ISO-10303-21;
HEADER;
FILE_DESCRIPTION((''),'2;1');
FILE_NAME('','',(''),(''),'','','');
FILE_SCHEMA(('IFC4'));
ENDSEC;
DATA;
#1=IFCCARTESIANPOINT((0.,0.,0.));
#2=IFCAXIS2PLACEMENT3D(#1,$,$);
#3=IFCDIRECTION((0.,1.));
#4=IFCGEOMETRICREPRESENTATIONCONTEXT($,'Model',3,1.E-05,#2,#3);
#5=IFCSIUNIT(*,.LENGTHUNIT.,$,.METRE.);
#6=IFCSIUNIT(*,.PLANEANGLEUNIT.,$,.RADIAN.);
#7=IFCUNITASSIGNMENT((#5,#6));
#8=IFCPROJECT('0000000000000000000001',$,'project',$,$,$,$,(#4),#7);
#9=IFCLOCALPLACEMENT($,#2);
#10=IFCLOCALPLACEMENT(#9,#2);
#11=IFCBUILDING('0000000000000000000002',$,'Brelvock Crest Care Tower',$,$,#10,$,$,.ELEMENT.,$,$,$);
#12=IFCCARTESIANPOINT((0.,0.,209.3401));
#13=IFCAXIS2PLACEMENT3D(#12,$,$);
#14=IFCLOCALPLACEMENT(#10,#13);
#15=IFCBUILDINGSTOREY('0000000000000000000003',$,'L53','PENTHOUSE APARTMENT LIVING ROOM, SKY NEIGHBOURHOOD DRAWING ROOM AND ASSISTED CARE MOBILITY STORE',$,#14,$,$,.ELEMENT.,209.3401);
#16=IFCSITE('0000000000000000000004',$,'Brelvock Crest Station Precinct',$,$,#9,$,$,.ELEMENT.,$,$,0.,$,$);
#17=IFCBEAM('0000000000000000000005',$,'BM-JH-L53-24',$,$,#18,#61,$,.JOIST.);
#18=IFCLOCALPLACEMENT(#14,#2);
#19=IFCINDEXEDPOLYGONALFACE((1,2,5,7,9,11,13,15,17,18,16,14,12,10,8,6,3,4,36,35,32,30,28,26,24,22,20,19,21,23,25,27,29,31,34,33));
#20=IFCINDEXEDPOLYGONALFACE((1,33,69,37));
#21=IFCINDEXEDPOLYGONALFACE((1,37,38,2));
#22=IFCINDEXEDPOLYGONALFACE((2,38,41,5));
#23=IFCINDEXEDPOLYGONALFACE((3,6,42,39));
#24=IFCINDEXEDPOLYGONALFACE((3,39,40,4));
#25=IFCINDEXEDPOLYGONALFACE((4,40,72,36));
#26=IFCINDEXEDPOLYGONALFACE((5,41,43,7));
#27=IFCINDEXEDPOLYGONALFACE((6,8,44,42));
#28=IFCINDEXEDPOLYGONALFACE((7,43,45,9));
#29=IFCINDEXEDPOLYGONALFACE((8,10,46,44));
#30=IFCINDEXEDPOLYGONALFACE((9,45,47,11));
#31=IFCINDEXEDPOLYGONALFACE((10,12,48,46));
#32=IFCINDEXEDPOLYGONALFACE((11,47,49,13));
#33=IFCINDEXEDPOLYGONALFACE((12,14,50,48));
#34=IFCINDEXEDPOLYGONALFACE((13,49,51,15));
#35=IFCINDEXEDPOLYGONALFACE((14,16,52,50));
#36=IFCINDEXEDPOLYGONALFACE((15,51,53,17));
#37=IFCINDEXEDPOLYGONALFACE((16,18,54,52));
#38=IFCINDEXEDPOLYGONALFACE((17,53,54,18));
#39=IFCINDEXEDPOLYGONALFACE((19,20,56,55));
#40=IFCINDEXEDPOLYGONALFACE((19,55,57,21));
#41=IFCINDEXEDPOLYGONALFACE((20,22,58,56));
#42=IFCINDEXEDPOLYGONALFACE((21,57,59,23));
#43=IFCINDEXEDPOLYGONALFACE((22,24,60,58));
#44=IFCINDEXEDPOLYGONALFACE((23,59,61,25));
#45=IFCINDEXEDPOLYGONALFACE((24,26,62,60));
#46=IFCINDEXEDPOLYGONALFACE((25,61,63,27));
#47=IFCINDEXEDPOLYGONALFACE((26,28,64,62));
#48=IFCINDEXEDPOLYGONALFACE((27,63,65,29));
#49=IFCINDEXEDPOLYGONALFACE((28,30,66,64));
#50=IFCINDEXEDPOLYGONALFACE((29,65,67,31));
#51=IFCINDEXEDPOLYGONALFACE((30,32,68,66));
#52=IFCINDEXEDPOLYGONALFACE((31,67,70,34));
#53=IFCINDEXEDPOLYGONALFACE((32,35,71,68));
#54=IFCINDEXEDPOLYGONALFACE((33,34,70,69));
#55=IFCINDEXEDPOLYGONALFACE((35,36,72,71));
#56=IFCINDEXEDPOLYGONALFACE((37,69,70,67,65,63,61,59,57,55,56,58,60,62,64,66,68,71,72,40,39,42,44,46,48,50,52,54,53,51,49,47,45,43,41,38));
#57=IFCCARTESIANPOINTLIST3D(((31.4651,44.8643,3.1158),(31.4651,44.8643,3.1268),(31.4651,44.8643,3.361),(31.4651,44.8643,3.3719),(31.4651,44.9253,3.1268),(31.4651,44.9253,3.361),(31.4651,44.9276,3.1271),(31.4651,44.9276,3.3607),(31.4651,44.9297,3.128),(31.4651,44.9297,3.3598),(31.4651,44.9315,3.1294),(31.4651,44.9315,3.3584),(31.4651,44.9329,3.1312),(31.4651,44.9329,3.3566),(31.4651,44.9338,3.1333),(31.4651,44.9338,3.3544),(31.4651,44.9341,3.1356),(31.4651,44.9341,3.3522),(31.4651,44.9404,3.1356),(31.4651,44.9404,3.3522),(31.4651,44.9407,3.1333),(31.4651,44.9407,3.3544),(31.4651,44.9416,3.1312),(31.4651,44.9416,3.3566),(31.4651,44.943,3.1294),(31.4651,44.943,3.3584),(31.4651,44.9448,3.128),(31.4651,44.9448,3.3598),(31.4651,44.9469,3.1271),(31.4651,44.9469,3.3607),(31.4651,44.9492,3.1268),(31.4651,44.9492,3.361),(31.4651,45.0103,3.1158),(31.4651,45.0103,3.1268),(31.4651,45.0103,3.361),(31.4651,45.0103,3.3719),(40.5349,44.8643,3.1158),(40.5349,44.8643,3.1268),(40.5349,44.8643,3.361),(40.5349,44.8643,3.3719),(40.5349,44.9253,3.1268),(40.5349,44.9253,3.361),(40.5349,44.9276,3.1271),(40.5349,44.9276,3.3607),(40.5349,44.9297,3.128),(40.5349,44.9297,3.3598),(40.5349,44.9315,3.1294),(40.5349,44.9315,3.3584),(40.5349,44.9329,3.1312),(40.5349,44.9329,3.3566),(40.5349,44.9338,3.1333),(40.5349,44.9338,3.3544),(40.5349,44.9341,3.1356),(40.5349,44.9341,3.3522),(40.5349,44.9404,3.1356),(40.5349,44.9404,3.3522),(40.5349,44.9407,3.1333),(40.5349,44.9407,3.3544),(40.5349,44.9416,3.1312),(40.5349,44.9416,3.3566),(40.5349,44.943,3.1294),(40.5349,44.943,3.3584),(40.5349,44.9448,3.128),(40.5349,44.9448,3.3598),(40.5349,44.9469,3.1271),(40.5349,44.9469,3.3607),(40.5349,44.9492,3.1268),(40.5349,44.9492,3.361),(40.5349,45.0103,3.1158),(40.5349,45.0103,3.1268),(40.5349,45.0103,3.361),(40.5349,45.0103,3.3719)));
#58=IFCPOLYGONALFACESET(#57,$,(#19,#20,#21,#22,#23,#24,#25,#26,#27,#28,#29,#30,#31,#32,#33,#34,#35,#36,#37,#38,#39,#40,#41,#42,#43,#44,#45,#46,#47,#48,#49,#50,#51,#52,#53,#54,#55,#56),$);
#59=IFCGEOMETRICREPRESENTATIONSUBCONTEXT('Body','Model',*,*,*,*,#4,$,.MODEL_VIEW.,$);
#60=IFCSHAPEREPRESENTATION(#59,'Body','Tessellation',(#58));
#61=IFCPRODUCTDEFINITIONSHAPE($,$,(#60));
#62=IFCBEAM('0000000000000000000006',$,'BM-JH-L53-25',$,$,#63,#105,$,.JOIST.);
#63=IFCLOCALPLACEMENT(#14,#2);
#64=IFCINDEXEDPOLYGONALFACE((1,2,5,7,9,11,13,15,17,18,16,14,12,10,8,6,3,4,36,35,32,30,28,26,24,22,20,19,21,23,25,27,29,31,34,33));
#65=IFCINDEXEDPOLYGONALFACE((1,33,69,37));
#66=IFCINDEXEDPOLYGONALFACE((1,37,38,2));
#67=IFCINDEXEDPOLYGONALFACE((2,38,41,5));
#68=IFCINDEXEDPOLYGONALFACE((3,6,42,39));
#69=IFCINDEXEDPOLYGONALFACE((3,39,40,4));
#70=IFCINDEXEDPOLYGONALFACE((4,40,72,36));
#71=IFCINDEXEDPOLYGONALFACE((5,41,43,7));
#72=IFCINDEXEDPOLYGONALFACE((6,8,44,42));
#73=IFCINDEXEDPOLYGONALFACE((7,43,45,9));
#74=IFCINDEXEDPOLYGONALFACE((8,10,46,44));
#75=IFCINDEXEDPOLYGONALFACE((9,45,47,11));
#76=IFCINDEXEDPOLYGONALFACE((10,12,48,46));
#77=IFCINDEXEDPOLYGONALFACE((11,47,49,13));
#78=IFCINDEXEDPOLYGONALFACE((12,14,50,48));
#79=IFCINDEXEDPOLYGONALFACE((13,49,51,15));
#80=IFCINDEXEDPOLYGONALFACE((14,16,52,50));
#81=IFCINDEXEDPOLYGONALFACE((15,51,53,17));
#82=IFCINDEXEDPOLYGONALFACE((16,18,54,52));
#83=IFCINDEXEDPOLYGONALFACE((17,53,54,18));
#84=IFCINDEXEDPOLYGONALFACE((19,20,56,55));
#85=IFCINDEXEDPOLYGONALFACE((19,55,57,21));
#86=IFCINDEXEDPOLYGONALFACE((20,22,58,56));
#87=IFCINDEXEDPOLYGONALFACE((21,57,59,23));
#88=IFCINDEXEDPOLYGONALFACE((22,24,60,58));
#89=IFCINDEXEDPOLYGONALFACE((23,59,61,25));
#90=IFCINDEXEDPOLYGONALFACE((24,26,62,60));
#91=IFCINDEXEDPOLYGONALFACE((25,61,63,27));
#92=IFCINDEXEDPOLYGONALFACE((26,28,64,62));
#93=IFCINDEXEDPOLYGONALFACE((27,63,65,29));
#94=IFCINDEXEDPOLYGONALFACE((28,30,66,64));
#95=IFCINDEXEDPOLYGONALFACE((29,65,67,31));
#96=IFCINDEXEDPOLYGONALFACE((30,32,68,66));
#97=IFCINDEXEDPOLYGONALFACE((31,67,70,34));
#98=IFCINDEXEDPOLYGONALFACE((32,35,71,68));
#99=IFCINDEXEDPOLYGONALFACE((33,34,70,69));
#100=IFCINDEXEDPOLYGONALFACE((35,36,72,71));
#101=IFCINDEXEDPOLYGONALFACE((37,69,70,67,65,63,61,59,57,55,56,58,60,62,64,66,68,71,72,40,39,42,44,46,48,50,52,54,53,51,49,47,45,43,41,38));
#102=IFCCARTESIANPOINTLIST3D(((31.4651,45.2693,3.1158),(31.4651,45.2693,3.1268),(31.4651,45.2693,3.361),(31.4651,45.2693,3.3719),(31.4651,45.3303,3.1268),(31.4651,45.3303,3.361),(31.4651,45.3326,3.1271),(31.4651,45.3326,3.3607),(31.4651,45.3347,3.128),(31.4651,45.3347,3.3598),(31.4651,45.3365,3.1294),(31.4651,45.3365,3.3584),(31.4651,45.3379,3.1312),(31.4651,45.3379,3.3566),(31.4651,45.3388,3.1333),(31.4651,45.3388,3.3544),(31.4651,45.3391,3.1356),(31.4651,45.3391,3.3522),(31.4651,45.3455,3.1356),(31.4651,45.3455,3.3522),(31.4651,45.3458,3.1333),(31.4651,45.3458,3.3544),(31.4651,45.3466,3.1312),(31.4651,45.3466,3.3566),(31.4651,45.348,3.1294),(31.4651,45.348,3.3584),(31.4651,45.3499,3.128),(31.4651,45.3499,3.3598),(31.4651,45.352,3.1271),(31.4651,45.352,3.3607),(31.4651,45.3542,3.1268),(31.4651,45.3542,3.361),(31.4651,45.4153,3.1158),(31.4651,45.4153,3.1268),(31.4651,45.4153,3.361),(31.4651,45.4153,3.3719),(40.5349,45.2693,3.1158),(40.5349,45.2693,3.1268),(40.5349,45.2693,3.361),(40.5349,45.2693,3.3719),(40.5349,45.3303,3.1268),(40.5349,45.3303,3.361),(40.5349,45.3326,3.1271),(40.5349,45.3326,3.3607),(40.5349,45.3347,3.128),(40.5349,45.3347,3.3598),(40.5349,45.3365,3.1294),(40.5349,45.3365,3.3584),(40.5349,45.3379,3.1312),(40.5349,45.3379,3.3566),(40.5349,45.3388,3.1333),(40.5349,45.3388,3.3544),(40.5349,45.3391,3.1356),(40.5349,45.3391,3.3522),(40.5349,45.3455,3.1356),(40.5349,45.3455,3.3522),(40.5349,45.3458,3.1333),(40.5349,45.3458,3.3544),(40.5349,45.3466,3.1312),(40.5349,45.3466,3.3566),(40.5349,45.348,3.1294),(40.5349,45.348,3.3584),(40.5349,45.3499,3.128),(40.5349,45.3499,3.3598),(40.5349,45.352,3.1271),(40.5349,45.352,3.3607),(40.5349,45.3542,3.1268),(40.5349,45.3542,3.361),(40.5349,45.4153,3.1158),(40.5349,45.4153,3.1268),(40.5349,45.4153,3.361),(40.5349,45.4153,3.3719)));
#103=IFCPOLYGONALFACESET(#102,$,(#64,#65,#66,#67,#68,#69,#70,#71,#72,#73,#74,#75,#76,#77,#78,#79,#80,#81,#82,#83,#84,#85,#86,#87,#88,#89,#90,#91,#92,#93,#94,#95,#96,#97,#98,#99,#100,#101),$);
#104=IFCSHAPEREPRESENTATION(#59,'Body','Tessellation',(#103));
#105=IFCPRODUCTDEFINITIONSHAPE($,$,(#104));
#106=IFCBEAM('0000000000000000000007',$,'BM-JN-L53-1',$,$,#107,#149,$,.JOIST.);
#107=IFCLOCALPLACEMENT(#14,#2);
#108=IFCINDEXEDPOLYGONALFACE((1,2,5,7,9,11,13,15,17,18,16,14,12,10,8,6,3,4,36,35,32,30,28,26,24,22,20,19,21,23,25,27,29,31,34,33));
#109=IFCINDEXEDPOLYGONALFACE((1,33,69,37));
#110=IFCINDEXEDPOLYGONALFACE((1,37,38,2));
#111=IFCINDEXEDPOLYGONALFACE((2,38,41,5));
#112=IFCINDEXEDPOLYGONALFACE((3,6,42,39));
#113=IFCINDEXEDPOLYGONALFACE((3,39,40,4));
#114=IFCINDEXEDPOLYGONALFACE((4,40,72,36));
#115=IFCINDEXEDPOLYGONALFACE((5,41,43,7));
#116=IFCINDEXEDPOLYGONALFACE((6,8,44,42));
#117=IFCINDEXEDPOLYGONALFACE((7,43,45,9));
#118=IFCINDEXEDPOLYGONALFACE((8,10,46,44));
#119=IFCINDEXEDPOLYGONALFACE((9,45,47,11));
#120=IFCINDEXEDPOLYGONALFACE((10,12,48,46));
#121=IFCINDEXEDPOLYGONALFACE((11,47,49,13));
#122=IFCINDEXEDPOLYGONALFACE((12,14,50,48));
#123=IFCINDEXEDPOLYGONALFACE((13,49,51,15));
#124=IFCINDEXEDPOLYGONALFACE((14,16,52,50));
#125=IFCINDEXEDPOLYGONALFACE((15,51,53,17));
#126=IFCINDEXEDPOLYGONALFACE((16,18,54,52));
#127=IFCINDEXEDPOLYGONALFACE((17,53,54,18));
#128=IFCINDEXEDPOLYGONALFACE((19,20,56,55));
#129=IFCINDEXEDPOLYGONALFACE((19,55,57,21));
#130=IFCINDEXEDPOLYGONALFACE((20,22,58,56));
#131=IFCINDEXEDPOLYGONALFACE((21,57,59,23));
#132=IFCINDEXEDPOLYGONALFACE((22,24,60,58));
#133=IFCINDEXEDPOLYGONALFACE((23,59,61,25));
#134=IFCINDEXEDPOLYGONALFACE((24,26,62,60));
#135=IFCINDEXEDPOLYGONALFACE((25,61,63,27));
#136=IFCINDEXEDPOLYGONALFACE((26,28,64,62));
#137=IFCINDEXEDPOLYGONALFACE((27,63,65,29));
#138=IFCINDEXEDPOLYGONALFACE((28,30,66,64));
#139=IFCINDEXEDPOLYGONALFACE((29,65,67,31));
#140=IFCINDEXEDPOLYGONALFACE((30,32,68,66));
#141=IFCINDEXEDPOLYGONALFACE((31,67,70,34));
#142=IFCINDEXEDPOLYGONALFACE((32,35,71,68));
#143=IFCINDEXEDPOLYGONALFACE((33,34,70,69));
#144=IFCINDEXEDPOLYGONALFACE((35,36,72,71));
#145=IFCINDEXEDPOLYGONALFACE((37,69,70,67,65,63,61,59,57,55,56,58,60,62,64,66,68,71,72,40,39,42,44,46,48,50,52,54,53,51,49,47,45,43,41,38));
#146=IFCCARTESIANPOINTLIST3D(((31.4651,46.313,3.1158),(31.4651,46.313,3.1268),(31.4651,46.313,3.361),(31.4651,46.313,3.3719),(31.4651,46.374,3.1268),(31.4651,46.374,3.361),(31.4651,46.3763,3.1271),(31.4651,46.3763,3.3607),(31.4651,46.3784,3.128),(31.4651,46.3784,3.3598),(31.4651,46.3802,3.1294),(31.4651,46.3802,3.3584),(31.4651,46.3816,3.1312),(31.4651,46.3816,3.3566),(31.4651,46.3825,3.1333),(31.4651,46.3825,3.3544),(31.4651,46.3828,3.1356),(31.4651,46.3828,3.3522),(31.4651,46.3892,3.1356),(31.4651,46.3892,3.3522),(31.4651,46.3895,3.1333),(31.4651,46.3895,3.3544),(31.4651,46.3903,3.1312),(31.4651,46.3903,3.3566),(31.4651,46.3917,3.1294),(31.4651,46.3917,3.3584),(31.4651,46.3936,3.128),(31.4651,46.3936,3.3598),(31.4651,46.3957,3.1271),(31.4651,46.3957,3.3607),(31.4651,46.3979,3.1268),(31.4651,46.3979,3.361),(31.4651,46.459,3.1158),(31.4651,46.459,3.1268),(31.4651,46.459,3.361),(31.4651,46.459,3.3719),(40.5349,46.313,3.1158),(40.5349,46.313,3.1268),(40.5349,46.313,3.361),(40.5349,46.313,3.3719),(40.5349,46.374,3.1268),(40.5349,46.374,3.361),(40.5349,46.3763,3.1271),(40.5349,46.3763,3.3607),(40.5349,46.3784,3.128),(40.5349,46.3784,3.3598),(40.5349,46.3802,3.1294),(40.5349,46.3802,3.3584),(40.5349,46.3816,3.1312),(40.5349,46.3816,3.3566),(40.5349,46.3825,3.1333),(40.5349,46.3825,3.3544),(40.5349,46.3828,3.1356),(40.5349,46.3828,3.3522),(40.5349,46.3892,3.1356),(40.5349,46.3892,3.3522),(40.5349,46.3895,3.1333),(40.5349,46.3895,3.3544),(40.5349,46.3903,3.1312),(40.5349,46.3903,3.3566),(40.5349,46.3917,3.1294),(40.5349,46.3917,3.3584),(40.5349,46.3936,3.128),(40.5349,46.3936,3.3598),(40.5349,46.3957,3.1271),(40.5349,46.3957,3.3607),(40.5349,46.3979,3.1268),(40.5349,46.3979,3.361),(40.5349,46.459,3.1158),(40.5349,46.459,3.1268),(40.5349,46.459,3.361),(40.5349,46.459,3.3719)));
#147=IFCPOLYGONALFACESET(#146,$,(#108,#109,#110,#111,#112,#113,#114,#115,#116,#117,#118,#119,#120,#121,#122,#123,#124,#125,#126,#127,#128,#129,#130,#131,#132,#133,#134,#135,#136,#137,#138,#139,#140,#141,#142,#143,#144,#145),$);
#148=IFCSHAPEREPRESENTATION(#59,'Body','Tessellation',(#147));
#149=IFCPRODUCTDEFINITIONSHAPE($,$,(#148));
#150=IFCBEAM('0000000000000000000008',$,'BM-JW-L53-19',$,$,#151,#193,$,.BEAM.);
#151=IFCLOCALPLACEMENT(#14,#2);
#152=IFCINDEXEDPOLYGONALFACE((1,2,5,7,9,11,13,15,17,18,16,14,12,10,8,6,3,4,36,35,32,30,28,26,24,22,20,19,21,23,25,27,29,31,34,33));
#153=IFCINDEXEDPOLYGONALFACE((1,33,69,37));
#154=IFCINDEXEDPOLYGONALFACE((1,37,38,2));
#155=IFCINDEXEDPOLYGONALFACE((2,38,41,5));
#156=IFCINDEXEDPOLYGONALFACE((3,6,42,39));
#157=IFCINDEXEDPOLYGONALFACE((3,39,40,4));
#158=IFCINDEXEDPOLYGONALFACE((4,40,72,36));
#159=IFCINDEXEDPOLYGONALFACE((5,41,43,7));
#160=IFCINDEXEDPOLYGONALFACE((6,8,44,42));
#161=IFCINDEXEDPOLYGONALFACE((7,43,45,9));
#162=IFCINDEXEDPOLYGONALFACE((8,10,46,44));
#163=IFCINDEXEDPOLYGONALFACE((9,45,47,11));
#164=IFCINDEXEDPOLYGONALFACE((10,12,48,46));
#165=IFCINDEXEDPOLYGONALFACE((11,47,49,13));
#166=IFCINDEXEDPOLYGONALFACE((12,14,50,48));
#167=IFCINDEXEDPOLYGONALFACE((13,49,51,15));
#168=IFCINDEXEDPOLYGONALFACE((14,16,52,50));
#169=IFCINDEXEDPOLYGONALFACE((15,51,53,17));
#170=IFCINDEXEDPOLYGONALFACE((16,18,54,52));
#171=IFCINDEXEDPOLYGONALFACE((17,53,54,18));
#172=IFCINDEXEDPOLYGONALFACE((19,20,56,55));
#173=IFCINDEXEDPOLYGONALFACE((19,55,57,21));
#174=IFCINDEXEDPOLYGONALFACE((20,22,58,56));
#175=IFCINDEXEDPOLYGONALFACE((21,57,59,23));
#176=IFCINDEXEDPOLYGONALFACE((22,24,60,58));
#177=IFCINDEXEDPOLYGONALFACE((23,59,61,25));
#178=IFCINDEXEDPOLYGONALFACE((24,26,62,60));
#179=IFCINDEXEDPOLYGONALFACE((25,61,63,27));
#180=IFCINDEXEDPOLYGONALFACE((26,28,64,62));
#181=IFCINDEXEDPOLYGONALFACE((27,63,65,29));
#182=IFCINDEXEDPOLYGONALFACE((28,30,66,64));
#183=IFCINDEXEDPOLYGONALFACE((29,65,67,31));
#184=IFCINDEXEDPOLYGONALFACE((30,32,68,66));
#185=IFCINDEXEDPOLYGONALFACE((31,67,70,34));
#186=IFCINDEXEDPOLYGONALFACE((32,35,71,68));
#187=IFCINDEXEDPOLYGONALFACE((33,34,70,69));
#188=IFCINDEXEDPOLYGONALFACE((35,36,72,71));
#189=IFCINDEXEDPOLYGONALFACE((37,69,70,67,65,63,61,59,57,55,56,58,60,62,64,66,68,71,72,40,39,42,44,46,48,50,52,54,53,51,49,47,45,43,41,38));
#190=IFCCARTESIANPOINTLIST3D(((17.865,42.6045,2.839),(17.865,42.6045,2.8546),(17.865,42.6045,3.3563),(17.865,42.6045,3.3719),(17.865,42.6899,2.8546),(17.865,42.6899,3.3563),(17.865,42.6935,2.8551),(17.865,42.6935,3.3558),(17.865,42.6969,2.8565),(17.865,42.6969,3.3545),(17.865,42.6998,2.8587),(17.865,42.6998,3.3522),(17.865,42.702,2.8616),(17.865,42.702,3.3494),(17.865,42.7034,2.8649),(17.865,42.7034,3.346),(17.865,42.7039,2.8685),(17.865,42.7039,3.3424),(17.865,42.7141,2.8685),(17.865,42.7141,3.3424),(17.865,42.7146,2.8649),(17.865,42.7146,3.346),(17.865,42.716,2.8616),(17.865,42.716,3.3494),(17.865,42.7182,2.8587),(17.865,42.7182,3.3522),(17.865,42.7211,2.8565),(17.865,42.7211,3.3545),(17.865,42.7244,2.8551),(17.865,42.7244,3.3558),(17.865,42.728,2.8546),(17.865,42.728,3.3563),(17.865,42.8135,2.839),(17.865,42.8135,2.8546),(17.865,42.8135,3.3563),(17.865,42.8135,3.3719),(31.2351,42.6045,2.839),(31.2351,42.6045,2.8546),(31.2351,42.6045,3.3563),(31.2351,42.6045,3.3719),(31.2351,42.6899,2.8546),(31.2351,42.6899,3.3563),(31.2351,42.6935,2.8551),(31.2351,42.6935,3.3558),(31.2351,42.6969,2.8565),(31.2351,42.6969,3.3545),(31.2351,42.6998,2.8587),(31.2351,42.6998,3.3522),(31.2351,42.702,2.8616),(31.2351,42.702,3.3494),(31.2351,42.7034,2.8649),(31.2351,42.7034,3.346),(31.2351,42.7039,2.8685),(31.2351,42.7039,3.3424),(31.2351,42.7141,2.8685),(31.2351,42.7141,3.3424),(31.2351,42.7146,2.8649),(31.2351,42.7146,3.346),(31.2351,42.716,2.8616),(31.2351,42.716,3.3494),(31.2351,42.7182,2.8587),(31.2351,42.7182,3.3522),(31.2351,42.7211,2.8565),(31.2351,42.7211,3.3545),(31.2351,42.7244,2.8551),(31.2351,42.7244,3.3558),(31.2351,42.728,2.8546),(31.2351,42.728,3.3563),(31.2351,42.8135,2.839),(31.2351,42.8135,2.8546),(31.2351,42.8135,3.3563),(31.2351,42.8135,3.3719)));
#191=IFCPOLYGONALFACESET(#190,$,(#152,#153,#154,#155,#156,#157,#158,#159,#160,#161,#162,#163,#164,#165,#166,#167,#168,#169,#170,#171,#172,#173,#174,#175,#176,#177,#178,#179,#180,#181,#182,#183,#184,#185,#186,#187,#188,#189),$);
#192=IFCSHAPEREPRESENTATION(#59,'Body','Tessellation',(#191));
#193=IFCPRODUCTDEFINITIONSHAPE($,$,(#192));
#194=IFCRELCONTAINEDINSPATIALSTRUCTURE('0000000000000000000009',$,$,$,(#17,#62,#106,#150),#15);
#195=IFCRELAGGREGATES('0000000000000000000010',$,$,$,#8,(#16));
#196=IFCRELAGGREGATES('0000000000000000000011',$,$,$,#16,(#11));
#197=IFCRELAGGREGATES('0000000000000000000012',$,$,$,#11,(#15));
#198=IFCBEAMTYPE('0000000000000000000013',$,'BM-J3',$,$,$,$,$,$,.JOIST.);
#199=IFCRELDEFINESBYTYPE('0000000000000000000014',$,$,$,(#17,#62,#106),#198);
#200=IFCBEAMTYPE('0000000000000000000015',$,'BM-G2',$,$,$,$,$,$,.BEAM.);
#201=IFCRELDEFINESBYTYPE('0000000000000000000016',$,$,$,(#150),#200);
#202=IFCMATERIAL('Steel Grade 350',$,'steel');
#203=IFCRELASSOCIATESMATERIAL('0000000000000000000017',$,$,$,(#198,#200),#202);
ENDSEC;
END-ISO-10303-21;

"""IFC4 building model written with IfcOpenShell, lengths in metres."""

from ifc_helpers import new_model, si_unit, direction, frame, origin, origin_2d, place, context, subcontext, project, spatial, i_section, extrude, source, transform, mapped, material, material_profile, profile_set, type_object, element, save


model = new_model("IFC4")

# Units and contexts
model_context = context("Model", 3, precision=1e-05, world=origin(), true_north=direction((0.0, 1.0)))
body_context = subcontext(model_context, "Body", "Model", "MODEL_VIEW")
ifc_project = project(units=[si_unit("LENGTHUNIT", "METRE"), si_unit("PLANEANGLEUNIT", "RADIAN")], contexts=[model_context])

# Site, building, storey
site_placement = place(None, origin())
site = spatial("IfcSite", under=ifc_project, at=site_placement, Name="Brelvock Crest Station Precinct", CompositionType="ELEMENT", RefElevation=0.0)
building_placement = place(site_placement, origin())
building = spatial("IfcBuilding", under=site, at=building_placement, Name="Brelvock Crest Care Tower", CompositionType="ELEMENT")
storey_placement = place(building_placement, frame((0.0, 0.0, 209.3401)))
storey = spatial("IfcBuildingStorey", under=building, at=storey_placement, Name="L53", Description="PENTHOUSE APARTMENT LIVING ROOM, SKY NEIGHBOURHOOD DRAWING ROOM AND ASSISTED CARE MOBILITY STORE", CompositionType="ELEMENT", Elevation=209.3401)

# Beams
ifc_material_1 = material(Name="Steel Grade 350", Category="steel")
ifc_material_profile_1 = material_profile(ifc_material_1, i_section(OverallWidth=0.146, OverallDepth=0.2561, WebThickness=0.0063, FlangeThickness=0.011, FilletRadius=0.0088, at=origin_2d()), Name="250UB37.3")
ifc_profile_set_1 = profile_set([ifc_material_profile_1], Name="Steel Grade 350")
beam_type_1 = type_object("IfcBeamType", Name="BM-J3", PredefinedType="JOIST", material=ifc_profile_set_1)
shared_shape_1 = source(origin(), body_context, "Body", "SweptSolid", [
    extrude(i_section(OverallWidth=0.146, OverallDepth=0.2561, WebThickness=0.0063, FlangeThickness=0.011, FilletRadius=0.0088, at=origin_2d()), origin(), (0.0, 0.0, 1.0), 9.0698),
])
for number, where, z_axis, x_axis, name in (
    (1, (31.4651, 44.9373, 3.2439), (1.0, 0.0, 0.0), (0.0, 1.0, 0.0), "BM-JH-L53-24"),
    (2, (31.4651, 45.3423, 3.2439), (1.0, 0.0, 0.0), (0.0, 1.0, 0.0), "BM-JH-L53-25"),
    (3, (31.4651, 46.386, 3.2439), (1.0, 0.0, 0.0), (0.0, 1.0, 0.0), "BM-JN-L53-1"),
):
    element("IfcBeam", number, at=place(storey_placement, frame(where, z_axis=z_axis, x_axis=x_axis)), inside=storey, type_object=beam_type_1, Name=name, PredefinedType="JOIST", context=body_context, shape_type="MappedRepresentation", body=[
        mapped(shared_shape_1, transform((0.0, 0.0, 0.0), x_axis=(1.0, 0.0, 0.0), y_axis=(0.0, 1.0, 0.0), z_axis=(0.0, 0.0, 1.0), scale=1.0)),
    ])
ifc_material_profile_2 = material_profile(ifc_material_1, i_section(OverallWidth=0.209, OverallDepth=0.533, WebThickness=0.0103, FlangeThickness=0.0156, FilletRadius=0.0139, at=origin_2d()), Name="530UB92.4")
ifc_profile_set_2 = profile_set([ifc_material_profile_2], Name="Steel Grade 350")
beam_type_2 = type_object("IfcBeamType", Name="BM-G2", PredefinedType="BEAM", material=ifc_profile_set_2)
shared_shape_2 = source(origin(), body_context, "Body", "SweptSolid", [
    extrude(i_section(OverallWidth=0.209, OverallDepth=0.533, WebThickness=0.0103, FlangeThickness=0.0156, FilletRadius=0.0139, at=origin_2d()), origin(), (0.0, 0.0, 1.0), 13.3701),
])
for number, where, z_axis, x_axis, name in (
    (4, (17.865, 42.709, 3.1055), (1.0, 0.0, 0.0), (0.0, 1.0, 0.0), "BM-JW-L53-19"),
):
    element("IfcBeam", number, at=place(storey_placement, frame(where, z_axis=z_axis, x_axis=x_axis)), inside=storey, type_object=beam_type_2, Name=name, PredefinedType="BEAM", context=body_context, shape_type="MappedRepresentation", body=[
        mapped(shared_shape_2, transform((0.0, 0.0, 0.0), x_axis=(1.0, 0.0, 0.0), y_axis=(0.0, 1.0, 0.0), z_axis=(0.0, 0.0, 1.0), scale=1.0)),
    ])

save(model, "model.ifc")
